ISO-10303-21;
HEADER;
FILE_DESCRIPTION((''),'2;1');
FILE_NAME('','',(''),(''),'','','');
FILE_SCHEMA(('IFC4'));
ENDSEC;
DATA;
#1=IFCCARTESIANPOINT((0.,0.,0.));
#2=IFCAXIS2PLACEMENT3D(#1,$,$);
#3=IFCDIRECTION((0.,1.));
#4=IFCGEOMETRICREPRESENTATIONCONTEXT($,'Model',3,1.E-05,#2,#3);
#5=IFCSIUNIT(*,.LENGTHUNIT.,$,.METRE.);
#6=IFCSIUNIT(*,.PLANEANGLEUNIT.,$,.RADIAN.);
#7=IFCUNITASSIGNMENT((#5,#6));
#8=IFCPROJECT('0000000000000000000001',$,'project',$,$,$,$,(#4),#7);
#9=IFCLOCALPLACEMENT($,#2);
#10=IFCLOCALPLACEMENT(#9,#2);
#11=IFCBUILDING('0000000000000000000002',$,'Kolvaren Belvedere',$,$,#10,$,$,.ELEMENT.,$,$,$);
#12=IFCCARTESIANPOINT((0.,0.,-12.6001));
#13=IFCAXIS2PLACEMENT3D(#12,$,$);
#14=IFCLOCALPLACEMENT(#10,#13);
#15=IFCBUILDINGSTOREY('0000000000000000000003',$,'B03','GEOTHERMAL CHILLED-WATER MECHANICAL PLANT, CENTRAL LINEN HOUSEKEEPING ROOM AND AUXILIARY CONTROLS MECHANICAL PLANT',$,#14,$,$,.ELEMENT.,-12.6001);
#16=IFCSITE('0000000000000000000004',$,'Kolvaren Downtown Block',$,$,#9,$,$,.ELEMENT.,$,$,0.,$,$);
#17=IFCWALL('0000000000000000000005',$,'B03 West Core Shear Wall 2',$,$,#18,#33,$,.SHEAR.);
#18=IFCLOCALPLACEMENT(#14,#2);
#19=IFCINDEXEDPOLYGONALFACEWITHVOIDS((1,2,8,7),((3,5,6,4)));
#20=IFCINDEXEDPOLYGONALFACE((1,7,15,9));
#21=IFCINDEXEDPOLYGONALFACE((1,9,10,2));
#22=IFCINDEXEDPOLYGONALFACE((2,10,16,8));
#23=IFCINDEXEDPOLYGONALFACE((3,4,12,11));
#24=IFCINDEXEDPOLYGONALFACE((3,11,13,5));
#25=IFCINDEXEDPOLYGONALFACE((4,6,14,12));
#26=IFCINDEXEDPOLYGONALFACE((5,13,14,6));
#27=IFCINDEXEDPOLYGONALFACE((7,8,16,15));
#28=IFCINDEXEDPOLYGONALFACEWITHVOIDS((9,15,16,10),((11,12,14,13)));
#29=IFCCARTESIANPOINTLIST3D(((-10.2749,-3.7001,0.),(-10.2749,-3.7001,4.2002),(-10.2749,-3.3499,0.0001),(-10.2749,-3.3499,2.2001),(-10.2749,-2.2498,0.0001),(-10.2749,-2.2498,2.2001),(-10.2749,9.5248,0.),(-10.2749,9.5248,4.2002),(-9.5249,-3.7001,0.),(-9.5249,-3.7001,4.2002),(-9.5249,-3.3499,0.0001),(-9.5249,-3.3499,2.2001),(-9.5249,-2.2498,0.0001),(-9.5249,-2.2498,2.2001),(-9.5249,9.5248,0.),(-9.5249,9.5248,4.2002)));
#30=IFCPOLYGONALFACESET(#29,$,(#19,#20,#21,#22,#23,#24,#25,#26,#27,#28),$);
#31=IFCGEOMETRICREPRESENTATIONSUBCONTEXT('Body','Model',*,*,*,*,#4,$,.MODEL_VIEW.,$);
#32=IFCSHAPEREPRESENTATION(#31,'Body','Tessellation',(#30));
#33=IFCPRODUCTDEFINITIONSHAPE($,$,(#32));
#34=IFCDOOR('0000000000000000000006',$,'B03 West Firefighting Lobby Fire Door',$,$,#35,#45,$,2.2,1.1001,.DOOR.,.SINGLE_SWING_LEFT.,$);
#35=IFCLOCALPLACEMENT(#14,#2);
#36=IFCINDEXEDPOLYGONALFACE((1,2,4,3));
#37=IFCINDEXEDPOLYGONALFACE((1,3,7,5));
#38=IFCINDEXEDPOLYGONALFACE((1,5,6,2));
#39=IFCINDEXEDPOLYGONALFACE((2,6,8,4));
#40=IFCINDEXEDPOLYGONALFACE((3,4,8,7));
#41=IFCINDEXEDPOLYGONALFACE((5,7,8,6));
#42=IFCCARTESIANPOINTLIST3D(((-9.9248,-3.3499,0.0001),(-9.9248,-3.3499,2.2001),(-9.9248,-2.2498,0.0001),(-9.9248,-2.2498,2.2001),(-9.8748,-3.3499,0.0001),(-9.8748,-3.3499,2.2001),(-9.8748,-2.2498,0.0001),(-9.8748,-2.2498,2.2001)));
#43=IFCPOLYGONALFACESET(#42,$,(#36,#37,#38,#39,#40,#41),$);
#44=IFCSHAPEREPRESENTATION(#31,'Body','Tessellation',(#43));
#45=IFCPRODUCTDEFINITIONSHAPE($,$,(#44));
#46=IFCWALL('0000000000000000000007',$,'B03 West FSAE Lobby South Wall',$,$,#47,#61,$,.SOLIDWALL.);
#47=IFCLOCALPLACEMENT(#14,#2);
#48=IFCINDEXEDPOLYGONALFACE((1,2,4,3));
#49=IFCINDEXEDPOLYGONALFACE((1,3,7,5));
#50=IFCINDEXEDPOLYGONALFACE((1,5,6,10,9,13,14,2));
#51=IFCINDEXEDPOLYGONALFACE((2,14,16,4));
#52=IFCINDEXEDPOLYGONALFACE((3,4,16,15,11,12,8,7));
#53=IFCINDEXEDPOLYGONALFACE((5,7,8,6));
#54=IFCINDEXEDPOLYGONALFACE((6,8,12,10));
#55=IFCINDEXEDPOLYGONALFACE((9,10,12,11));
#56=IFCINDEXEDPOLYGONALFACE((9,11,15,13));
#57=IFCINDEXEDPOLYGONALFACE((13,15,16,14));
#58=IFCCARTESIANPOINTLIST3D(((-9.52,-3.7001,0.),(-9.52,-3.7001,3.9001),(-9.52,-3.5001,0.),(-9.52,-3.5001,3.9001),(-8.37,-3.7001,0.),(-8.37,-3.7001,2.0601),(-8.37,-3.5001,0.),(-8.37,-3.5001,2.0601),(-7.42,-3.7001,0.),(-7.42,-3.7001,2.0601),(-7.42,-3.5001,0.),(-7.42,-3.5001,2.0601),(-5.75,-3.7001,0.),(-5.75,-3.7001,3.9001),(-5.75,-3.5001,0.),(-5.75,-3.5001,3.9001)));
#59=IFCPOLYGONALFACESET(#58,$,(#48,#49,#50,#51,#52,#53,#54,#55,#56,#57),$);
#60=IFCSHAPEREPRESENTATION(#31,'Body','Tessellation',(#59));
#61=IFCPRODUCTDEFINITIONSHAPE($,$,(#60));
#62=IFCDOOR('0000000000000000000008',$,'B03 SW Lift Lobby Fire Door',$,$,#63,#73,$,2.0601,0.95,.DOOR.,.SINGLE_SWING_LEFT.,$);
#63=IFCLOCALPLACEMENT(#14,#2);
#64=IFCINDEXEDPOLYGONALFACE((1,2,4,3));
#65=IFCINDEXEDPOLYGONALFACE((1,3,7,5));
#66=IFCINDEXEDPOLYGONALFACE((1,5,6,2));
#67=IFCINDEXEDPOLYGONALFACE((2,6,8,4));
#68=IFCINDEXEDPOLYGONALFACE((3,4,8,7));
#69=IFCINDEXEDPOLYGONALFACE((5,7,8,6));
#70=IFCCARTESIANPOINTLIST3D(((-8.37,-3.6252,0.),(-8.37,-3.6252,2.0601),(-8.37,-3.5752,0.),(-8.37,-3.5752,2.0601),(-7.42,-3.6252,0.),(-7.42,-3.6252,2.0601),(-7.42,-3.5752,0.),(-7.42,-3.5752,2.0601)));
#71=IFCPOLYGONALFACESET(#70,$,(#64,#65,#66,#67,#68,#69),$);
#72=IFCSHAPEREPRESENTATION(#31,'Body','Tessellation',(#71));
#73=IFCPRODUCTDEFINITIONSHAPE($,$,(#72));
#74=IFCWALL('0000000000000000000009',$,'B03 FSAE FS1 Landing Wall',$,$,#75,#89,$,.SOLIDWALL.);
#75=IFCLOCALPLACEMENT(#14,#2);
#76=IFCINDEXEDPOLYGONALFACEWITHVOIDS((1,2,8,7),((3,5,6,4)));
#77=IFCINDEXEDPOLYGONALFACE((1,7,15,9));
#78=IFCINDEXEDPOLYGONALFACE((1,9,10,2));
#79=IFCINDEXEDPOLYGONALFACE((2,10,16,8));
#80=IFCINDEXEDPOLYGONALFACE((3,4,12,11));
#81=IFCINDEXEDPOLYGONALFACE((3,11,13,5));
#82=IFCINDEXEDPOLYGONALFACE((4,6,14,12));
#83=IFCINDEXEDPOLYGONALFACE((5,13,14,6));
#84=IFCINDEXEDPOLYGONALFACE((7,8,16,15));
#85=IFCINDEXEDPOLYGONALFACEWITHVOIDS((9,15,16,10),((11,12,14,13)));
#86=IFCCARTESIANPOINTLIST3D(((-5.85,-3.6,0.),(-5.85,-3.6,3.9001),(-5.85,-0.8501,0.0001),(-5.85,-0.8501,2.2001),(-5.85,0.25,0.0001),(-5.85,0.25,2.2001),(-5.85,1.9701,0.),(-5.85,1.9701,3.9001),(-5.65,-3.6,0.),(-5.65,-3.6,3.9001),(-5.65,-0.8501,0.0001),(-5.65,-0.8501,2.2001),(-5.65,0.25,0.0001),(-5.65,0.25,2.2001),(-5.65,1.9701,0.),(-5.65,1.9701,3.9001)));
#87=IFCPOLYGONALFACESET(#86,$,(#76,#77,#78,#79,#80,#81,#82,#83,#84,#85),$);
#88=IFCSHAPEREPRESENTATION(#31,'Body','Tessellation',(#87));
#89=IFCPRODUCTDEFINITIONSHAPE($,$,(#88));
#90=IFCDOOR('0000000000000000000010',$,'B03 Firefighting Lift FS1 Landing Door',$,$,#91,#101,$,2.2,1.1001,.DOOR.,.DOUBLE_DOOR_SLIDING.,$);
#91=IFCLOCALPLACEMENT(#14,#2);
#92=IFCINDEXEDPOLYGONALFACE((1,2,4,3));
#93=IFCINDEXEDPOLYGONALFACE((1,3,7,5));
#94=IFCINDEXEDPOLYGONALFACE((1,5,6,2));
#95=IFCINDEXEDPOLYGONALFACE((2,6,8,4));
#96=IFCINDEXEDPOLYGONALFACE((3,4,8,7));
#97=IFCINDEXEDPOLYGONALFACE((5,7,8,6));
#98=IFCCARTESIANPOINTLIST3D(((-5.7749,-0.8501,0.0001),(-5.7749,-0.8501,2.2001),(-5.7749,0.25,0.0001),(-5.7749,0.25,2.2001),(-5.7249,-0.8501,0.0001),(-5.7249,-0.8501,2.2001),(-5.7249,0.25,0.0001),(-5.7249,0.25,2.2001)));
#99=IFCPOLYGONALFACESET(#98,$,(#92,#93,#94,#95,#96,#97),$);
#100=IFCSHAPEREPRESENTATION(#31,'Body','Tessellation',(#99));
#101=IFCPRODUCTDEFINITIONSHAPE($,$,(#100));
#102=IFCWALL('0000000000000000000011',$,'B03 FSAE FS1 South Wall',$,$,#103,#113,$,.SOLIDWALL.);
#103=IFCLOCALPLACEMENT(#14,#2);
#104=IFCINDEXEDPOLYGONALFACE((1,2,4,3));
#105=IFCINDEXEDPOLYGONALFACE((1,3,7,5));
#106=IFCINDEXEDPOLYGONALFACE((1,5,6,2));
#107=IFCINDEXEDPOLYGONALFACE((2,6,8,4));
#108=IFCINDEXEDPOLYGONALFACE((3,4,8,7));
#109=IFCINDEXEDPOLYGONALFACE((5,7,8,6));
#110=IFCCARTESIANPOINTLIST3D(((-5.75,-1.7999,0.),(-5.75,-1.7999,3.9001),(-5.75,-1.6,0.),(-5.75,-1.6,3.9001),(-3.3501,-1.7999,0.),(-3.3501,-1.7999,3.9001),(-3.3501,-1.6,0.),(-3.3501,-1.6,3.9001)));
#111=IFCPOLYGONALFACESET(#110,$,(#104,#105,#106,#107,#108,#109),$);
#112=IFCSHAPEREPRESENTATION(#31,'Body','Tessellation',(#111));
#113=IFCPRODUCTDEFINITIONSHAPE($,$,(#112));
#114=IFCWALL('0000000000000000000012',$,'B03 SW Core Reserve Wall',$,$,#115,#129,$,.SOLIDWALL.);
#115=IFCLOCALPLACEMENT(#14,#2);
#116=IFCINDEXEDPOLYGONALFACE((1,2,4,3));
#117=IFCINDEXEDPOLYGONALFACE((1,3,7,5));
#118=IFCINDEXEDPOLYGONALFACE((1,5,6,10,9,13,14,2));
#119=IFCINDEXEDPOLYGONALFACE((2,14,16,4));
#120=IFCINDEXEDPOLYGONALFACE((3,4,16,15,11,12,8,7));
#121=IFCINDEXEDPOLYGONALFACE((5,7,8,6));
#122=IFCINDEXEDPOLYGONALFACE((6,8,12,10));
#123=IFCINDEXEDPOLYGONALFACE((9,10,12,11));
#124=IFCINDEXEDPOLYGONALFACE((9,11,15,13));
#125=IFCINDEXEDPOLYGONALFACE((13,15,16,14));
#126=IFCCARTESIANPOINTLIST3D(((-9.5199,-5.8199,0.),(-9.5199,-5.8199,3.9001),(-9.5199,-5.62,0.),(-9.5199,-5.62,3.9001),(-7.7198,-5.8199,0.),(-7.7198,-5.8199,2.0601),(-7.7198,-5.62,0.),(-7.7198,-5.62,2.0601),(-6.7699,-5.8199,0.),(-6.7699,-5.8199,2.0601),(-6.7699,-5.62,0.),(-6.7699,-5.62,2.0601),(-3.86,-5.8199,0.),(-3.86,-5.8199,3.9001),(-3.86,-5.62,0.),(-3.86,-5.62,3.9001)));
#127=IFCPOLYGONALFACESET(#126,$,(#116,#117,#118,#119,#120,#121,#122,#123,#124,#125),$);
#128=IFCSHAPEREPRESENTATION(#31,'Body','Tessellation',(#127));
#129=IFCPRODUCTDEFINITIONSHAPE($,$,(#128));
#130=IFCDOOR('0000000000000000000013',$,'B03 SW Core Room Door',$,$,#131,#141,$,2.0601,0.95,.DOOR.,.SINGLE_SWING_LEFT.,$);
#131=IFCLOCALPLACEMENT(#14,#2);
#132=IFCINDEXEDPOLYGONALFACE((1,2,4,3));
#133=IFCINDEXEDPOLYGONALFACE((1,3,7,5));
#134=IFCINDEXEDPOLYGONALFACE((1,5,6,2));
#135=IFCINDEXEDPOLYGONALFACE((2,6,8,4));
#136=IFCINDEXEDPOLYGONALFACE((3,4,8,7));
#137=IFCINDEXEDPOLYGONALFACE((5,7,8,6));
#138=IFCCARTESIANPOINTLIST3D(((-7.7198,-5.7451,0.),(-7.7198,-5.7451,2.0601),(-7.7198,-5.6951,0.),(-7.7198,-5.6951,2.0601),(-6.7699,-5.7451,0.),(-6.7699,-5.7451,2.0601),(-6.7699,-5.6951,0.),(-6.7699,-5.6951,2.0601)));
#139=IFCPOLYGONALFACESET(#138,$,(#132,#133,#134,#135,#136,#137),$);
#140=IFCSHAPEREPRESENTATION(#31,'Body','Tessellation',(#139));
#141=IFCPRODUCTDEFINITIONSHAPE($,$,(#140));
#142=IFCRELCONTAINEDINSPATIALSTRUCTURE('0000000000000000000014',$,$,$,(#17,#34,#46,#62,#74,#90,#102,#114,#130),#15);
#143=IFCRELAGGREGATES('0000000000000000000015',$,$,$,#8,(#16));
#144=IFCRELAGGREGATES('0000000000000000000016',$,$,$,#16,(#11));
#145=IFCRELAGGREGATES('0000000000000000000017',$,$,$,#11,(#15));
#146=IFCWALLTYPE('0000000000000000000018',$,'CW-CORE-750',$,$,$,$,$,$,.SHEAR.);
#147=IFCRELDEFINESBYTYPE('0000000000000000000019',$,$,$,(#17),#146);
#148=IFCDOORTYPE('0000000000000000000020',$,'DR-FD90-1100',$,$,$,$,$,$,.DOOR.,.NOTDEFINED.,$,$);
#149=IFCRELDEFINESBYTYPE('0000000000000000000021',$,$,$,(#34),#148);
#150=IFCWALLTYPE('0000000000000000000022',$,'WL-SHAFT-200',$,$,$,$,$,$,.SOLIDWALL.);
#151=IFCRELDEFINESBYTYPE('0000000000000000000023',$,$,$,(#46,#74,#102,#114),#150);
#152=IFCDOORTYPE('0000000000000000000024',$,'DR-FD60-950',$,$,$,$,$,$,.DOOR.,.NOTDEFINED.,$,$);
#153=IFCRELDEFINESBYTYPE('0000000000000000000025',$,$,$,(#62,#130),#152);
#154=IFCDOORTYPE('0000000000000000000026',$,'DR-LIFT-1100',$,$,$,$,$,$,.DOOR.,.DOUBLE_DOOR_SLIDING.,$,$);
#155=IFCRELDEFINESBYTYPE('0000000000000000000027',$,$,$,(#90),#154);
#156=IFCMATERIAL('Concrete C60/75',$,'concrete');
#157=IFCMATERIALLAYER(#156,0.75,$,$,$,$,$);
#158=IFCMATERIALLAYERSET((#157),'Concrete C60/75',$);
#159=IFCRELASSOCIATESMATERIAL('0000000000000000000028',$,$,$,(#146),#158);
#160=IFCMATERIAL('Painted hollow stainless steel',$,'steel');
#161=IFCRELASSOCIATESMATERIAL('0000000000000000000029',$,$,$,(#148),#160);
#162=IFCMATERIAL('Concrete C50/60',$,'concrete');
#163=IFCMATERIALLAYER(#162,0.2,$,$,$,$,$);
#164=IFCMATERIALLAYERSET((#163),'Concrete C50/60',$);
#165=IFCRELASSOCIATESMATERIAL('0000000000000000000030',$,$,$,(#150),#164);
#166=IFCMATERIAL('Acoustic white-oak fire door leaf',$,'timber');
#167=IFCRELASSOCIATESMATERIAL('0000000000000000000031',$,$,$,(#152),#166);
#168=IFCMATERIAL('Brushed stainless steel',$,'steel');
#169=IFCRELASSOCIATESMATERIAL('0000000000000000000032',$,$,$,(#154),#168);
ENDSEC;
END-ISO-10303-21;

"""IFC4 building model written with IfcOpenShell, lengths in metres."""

from ifc_helpers import new_model, si_unit, direction, frame, frame_2d, origin, place, context, subcontext, project, spatial, rectangle, extrude, material, layer, layer_set, type_object, element, fill, save


model = new_model("IFC4")

# Units and contexts
model_context = context("Model", 3, precision=1e-05, world=origin(), true_north=direction((0.0, 1.0)))
body_context = subcontext(model_context, "Body", "Model", "MODEL_VIEW")
ifc_project = project(units=[si_unit("LENGTHUNIT", "METRE"), si_unit("PLANEANGLEUNIT", "RADIAN")], contexts=[model_context])

# Site, building, storey
site_placement = place(None, origin())
site = spatial("IfcSite", under=ifc_project, at=site_placement, Name="Kolvaren Downtown Block", CompositionType="ELEMENT", RefElevation=0.0)
building_placement = place(site_placement, origin())
building = spatial("IfcBuilding", under=site, at=building_placement, Name="Kolvaren Belvedere", CompositionType="ELEMENT")
storey_placement = place(building_placement, frame((0.0, 0.0, -12.6001)))
storey = spatial("IfcBuildingStorey", under=building, at=storey_placement, Name="B03", Description="GEOTHERMAL CHILLED-WATER MECHANICAL PLANT, CENTRAL LINEN HOUSEKEEPING ROOM AND AUXILIARY CONTROLS MECHANICAL PLANT", CompositionType="ELEMENT", Elevation=-12.6001)

# Shared definitions
ifc_material_1 = material(Name="Concrete C60/75", Category="concrete")
ifc_layer_1 = layer(ifc_material_1, 0.75)
ifc_layer_set_1 = layer_set([ifc_layer_1], Name="Concrete C60/75")
wall_type_1 = type_object("IfcWallType", Name="CW-CORE-750", PredefinedType="SHEAR", material=ifc_layer_set_1)

# Walls, openings, doors
wall_1_placement = place(storey_placement, frame((-9.8999, -3.7, 0.0), z_axis=(0.0, 0.0, 1.0), x_axis=(0.0, 1.0, 0.0)))
wall_1 = element("IfcWall", 1, at=wall_1_placement, inside=storey, type_object=wall_type_1, Name="B03 West Core Shear Wall 2", PredefinedType="SHEAR", context=body_context, shape_type="SweptSolid", body=[
    extrude(rectangle(XDim=13.2249, YDim=0.75, at=frame_2d((6.6123, 0.0))), origin(), (0.0, 0.0, 1.0), 4.2002),
])
opening_1_placement = place(wall_1_placement, frame((0.3501, 0.0, 0.0)))
opening_1 = element("IfcOpeningElement", 2, at=opening_1_placement, cuts=wall_1, PredefinedType="OPENING", context=body_context, shape_type="SweptSolid", body=[
    extrude(rectangle(XDim=1.1001, YDim=2.2, at=frame_2d((0.55, 1.1001))), frame((0.0, 0.385, 0.0), z_axis=(0.0, -1.0, 0.0), x_axis=(1.0, 0.0, 0.0)), (0.0, 0.0, 1.0), 0.77),
])
ifc_material_2 = material(Name="Painted hollow stainless steel", Category="steel")
door_type_1 = type_object("IfcDoorType", Name="DR-FD90-1100", OperationType="NOTDEFINED", PredefinedType="DOOR", material=ifc_material_2)
door_1_placement = place(opening_1_placement, origin())
door_1 = element("IfcDoor", 3, at=door_1_placement, inside=storey, type_object=door_type_1, Name="B03 West Firefighting Lobby Fire Door", OperationType="SINGLE_SWING_LEFT", OverallHeight=2.2, OverallWidth=1.1001, PredefinedType="DOOR", context=body_context, shape_type="SweptSolid", body=[
    extrude(rectangle(XDim=1.1001, YDim=2.2, at=frame_2d((0.55, 1.1001))), frame((0.0, 0.0249, 0.0), z_axis=(0.0, -1.0, 0.0), x_axis=(1.0, 0.0, 0.0)), (0.0, 0.0, 1.0), 0.05),
])
fill(opening_1, door_1)
ifc_material_3 = material(Name="Concrete C50/60", Category="concrete")
ifc_layer_2 = layer(ifc_material_3, 0.2)
ifc_layer_set_2 = layer_set([ifc_layer_2], Name="Concrete C50/60")
wall_type_2 = type_object("IfcWallType", Name="WL-SHAFT-200", PredefinedType="SOLIDWALL", material=ifc_layer_set_2)
wall_2_placement = place(storey_placement, frame((-9.52, -3.6001, 0.0), z_axis=(0.0, 0.0, 1.0), x_axis=(1.0, 0.0, 0.0)))
wall_2 = element("IfcWall", 4, at=wall_2_placement, inside=storey, type_object=wall_type_2, Name="B03 West FSAE Lobby South Wall", PredefinedType="SOLIDWALL", context=body_context, shape_type="SweptSolid", body=[
    extrude(rectangle(XDim=3.77, YDim=0.2, at=frame_2d((1.885, 0.0))), origin(), (0.0, 0.0, 1.0), 3.9001),
])
opening_2_placement = place(wall_2_placement, frame((1.1499, 0.0, 0.0)))
opening_2 = element("IfcOpeningElement", 5, at=opening_2_placement, cuts=wall_2, PredefinedType="OPENING", context=body_context, shape_type="SweptSolid", body=[
    extrude(rectangle(XDim=0.95, YDim=2.0601, at=frame_2d((0.4751, 1.03))), frame((0.0, 0.1099, 0.0), z_axis=(0.0, -1.0, 0.0), x_axis=(1.0, 0.0, 0.0)), (0.0, 0.0, 1.0), 0.22),
])
ifc_material_4 = material(Name="Acoustic white-oak fire door leaf", Category="timber")
door_type_2 = type_object("IfcDoorType", Name="DR-FD60-950", OperationType="NOTDEFINED", PredefinedType="DOOR", material=ifc_material_4)
door_2_placement = place(opening_2_placement, origin())
door_2 = element("IfcDoor", 6, at=door_2_placement, inside=storey, type_object=door_type_2, Name="B03 SW Lift Lobby Fire Door", OperationType="SINGLE_SWING_LEFT", OverallHeight=2.0601, OverallWidth=0.95, PredefinedType="DOOR", context=body_context, shape_type="SweptSolid", body=[
    extrude(rectangle(XDim=0.95, YDim=2.0601, at=frame_2d((0.4751, 1.03))), frame((0.0, 0.0249, 0.0), z_axis=(0.0, -1.0, 0.0), x_axis=(1.0, 0.0, 0.0)), (0.0, 0.0, 1.0), 0.05),
])
fill(opening_2, door_2)
wall_3_placement = place(storey_placement, frame((-5.75, -3.6001, 0.0), z_axis=(0.0, 0.0, 1.0), x_axis=(0.0, 1.0, 0.0)))
wall_3 = element("IfcWall", 7, at=wall_3_placement, inside=storey, type_object=wall_type_2, Name="B03 FSAE FS1 Landing Wall", PredefinedType="SOLIDWALL", context=body_context, shape_type="SweptSolid", body=[
    extrude(rectangle(XDim=5.5701, YDim=0.2, at=frame_2d((2.7852, 0.0))), origin(), (0.0, 0.0, 1.0), 3.9001),
])
opening_3_placement = place(wall_3_placement, frame((2.75, 0.0, 0.0)))
opening_3 = element("IfcOpeningElement", 8, at=opening_3_placement, cuts=wall_3, PredefinedType="OPENING", context=body_context, shape_type="SweptSolid", body=[
    extrude(rectangle(XDim=1.1001, YDim=2.2, at=frame_2d((0.55, 1.1001))), frame((0.0, 0.1099, 0.0), z_axis=(0.0, -1.0, 0.0), x_axis=(1.0, 0.0, 0.0)), (0.0, 0.0, 1.0), 0.22),
])
ifc_material_5 = material(Name="Brushed stainless steel", Category="steel")
door_type_3 = type_object("IfcDoorType", Name="DR-LIFT-1100", OperationType="DOUBLE_DOOR_SLIDING", PredefinedType="DOOR", material=ifc_material_5)
door_3_placement = place(opening_3_placement, origin())
door_3 = element("IfcDoor", 9, at=door_3_placement, inside=storey, type_object=door_type_3, Name="B03 Firefighting Lift FS1 Landing Door", OperationType="DOUBLE_DOOR_SLIDING", OverallHeight=2.2, OverallWidth=1.1001, PredefinedType="DOOR", context=body_context, shape_type="SweptSolid", body=[
    extrude(rectangle(XDim=1.1001, YDim=2.2, at=frame_2d((0.55, 1.1001))), frame((0.0, 0.0249, 0.0), z_axis=(0.0, -1.0, 0.0), x_axis=(1.0, 0.0, 0.0)), (0.0, 0.0, 1.0), 0.05),
])
fill(opening_3, door_3)

# Wall
wall_4_placement = place(storey_placement, frame((-5.75, -1.7, 0.0), z_axis=(0.0, 0.0, 1.0), x_axis=(1.0, 0.0, 0.0)))
element("IfcWall", 10, at=wall_4_placement, inside=storey, type_object=wall_type_2, Name="B03 FSAE FS1 South Wall", PredefinedType="SOLIDWALL", context=body_context, shape_type="SweptSolid", body=[
    extrude(rectangle(XDim=2.3999, YDim=0.2, at=frame_2d((1.2, 0.0))), origin(), (0.0, 0.0, 1.0), 3.9001),
])

# Wall, opening, door
wall_5_placement = place(storey_placement, frame((-9.52, -5.72, 0.0), z_axis=(0.0, 0.0, 1.0), x_axis=(1.0, 0.0, 0.0)))
wall_5 = element("IfcWall", 11, at=wall_5_placement, inside=storey, type_object=wall_type_2, Name="B03 SW Core Reserve Wall", PredefinedType="SOLIDWALL", context=body_context, shape_type="SweptSolid", body=[
    extrude(rectangle(XDim=5.6599, YDim=0.2, at=frame_2d((2.8301, 0.0))), origin(), (0.0, 0.0, 1.0), 3.9001),
])
opening_4_placement = place(wall_5_placement, frame((1.8, 0.0, 0.0)))
opening_4 = element("IfcOpeningElement", 12, at=opening_4_placement, cuts=wall_5, PredefinedType="OPENING", context=body_context, shape_type="SweptSolid", body=[
    extrude(rectangle(XDim=0.95, YDim=2.0601, at=frame_2d((0.4751, 1.03))), frame((0.0, 0.1099, 0.0), z_axis=(0.0, -1.0, 0.0), x_axis=(1.0, 0.0, 0.0)), (0.0, 0.0, 1.0), 0.22),
])
door_4_placement = place(opening_4_placement, origin())
door_4 = element("IfcDoor", 13, at=door_4_placement, inside=storey, type_object=door_type_2, Name="B03 SW Core Room Door", OperationType="SINGLE_SWING_LEFT", OverallHeight=2.0601, OverallWidth=0.95, PredefinedType="DOOR", context=body_context, shape_type="SweptSolid", body=[
    extrude(rectangle(XDim=0.95, YDim=2.0601, at=frame_2d((0.4751, 1.03))), frame((0.0, 0.0249, 0.0), z_axis=(0.0, -1.0, 0.0), x_axis=(1.0, 0.0, 0.0)), (0.0, 0.0, 1.0), 0.05),
])
fill(opening_4, door_4)

save(model, "model.ifc")
